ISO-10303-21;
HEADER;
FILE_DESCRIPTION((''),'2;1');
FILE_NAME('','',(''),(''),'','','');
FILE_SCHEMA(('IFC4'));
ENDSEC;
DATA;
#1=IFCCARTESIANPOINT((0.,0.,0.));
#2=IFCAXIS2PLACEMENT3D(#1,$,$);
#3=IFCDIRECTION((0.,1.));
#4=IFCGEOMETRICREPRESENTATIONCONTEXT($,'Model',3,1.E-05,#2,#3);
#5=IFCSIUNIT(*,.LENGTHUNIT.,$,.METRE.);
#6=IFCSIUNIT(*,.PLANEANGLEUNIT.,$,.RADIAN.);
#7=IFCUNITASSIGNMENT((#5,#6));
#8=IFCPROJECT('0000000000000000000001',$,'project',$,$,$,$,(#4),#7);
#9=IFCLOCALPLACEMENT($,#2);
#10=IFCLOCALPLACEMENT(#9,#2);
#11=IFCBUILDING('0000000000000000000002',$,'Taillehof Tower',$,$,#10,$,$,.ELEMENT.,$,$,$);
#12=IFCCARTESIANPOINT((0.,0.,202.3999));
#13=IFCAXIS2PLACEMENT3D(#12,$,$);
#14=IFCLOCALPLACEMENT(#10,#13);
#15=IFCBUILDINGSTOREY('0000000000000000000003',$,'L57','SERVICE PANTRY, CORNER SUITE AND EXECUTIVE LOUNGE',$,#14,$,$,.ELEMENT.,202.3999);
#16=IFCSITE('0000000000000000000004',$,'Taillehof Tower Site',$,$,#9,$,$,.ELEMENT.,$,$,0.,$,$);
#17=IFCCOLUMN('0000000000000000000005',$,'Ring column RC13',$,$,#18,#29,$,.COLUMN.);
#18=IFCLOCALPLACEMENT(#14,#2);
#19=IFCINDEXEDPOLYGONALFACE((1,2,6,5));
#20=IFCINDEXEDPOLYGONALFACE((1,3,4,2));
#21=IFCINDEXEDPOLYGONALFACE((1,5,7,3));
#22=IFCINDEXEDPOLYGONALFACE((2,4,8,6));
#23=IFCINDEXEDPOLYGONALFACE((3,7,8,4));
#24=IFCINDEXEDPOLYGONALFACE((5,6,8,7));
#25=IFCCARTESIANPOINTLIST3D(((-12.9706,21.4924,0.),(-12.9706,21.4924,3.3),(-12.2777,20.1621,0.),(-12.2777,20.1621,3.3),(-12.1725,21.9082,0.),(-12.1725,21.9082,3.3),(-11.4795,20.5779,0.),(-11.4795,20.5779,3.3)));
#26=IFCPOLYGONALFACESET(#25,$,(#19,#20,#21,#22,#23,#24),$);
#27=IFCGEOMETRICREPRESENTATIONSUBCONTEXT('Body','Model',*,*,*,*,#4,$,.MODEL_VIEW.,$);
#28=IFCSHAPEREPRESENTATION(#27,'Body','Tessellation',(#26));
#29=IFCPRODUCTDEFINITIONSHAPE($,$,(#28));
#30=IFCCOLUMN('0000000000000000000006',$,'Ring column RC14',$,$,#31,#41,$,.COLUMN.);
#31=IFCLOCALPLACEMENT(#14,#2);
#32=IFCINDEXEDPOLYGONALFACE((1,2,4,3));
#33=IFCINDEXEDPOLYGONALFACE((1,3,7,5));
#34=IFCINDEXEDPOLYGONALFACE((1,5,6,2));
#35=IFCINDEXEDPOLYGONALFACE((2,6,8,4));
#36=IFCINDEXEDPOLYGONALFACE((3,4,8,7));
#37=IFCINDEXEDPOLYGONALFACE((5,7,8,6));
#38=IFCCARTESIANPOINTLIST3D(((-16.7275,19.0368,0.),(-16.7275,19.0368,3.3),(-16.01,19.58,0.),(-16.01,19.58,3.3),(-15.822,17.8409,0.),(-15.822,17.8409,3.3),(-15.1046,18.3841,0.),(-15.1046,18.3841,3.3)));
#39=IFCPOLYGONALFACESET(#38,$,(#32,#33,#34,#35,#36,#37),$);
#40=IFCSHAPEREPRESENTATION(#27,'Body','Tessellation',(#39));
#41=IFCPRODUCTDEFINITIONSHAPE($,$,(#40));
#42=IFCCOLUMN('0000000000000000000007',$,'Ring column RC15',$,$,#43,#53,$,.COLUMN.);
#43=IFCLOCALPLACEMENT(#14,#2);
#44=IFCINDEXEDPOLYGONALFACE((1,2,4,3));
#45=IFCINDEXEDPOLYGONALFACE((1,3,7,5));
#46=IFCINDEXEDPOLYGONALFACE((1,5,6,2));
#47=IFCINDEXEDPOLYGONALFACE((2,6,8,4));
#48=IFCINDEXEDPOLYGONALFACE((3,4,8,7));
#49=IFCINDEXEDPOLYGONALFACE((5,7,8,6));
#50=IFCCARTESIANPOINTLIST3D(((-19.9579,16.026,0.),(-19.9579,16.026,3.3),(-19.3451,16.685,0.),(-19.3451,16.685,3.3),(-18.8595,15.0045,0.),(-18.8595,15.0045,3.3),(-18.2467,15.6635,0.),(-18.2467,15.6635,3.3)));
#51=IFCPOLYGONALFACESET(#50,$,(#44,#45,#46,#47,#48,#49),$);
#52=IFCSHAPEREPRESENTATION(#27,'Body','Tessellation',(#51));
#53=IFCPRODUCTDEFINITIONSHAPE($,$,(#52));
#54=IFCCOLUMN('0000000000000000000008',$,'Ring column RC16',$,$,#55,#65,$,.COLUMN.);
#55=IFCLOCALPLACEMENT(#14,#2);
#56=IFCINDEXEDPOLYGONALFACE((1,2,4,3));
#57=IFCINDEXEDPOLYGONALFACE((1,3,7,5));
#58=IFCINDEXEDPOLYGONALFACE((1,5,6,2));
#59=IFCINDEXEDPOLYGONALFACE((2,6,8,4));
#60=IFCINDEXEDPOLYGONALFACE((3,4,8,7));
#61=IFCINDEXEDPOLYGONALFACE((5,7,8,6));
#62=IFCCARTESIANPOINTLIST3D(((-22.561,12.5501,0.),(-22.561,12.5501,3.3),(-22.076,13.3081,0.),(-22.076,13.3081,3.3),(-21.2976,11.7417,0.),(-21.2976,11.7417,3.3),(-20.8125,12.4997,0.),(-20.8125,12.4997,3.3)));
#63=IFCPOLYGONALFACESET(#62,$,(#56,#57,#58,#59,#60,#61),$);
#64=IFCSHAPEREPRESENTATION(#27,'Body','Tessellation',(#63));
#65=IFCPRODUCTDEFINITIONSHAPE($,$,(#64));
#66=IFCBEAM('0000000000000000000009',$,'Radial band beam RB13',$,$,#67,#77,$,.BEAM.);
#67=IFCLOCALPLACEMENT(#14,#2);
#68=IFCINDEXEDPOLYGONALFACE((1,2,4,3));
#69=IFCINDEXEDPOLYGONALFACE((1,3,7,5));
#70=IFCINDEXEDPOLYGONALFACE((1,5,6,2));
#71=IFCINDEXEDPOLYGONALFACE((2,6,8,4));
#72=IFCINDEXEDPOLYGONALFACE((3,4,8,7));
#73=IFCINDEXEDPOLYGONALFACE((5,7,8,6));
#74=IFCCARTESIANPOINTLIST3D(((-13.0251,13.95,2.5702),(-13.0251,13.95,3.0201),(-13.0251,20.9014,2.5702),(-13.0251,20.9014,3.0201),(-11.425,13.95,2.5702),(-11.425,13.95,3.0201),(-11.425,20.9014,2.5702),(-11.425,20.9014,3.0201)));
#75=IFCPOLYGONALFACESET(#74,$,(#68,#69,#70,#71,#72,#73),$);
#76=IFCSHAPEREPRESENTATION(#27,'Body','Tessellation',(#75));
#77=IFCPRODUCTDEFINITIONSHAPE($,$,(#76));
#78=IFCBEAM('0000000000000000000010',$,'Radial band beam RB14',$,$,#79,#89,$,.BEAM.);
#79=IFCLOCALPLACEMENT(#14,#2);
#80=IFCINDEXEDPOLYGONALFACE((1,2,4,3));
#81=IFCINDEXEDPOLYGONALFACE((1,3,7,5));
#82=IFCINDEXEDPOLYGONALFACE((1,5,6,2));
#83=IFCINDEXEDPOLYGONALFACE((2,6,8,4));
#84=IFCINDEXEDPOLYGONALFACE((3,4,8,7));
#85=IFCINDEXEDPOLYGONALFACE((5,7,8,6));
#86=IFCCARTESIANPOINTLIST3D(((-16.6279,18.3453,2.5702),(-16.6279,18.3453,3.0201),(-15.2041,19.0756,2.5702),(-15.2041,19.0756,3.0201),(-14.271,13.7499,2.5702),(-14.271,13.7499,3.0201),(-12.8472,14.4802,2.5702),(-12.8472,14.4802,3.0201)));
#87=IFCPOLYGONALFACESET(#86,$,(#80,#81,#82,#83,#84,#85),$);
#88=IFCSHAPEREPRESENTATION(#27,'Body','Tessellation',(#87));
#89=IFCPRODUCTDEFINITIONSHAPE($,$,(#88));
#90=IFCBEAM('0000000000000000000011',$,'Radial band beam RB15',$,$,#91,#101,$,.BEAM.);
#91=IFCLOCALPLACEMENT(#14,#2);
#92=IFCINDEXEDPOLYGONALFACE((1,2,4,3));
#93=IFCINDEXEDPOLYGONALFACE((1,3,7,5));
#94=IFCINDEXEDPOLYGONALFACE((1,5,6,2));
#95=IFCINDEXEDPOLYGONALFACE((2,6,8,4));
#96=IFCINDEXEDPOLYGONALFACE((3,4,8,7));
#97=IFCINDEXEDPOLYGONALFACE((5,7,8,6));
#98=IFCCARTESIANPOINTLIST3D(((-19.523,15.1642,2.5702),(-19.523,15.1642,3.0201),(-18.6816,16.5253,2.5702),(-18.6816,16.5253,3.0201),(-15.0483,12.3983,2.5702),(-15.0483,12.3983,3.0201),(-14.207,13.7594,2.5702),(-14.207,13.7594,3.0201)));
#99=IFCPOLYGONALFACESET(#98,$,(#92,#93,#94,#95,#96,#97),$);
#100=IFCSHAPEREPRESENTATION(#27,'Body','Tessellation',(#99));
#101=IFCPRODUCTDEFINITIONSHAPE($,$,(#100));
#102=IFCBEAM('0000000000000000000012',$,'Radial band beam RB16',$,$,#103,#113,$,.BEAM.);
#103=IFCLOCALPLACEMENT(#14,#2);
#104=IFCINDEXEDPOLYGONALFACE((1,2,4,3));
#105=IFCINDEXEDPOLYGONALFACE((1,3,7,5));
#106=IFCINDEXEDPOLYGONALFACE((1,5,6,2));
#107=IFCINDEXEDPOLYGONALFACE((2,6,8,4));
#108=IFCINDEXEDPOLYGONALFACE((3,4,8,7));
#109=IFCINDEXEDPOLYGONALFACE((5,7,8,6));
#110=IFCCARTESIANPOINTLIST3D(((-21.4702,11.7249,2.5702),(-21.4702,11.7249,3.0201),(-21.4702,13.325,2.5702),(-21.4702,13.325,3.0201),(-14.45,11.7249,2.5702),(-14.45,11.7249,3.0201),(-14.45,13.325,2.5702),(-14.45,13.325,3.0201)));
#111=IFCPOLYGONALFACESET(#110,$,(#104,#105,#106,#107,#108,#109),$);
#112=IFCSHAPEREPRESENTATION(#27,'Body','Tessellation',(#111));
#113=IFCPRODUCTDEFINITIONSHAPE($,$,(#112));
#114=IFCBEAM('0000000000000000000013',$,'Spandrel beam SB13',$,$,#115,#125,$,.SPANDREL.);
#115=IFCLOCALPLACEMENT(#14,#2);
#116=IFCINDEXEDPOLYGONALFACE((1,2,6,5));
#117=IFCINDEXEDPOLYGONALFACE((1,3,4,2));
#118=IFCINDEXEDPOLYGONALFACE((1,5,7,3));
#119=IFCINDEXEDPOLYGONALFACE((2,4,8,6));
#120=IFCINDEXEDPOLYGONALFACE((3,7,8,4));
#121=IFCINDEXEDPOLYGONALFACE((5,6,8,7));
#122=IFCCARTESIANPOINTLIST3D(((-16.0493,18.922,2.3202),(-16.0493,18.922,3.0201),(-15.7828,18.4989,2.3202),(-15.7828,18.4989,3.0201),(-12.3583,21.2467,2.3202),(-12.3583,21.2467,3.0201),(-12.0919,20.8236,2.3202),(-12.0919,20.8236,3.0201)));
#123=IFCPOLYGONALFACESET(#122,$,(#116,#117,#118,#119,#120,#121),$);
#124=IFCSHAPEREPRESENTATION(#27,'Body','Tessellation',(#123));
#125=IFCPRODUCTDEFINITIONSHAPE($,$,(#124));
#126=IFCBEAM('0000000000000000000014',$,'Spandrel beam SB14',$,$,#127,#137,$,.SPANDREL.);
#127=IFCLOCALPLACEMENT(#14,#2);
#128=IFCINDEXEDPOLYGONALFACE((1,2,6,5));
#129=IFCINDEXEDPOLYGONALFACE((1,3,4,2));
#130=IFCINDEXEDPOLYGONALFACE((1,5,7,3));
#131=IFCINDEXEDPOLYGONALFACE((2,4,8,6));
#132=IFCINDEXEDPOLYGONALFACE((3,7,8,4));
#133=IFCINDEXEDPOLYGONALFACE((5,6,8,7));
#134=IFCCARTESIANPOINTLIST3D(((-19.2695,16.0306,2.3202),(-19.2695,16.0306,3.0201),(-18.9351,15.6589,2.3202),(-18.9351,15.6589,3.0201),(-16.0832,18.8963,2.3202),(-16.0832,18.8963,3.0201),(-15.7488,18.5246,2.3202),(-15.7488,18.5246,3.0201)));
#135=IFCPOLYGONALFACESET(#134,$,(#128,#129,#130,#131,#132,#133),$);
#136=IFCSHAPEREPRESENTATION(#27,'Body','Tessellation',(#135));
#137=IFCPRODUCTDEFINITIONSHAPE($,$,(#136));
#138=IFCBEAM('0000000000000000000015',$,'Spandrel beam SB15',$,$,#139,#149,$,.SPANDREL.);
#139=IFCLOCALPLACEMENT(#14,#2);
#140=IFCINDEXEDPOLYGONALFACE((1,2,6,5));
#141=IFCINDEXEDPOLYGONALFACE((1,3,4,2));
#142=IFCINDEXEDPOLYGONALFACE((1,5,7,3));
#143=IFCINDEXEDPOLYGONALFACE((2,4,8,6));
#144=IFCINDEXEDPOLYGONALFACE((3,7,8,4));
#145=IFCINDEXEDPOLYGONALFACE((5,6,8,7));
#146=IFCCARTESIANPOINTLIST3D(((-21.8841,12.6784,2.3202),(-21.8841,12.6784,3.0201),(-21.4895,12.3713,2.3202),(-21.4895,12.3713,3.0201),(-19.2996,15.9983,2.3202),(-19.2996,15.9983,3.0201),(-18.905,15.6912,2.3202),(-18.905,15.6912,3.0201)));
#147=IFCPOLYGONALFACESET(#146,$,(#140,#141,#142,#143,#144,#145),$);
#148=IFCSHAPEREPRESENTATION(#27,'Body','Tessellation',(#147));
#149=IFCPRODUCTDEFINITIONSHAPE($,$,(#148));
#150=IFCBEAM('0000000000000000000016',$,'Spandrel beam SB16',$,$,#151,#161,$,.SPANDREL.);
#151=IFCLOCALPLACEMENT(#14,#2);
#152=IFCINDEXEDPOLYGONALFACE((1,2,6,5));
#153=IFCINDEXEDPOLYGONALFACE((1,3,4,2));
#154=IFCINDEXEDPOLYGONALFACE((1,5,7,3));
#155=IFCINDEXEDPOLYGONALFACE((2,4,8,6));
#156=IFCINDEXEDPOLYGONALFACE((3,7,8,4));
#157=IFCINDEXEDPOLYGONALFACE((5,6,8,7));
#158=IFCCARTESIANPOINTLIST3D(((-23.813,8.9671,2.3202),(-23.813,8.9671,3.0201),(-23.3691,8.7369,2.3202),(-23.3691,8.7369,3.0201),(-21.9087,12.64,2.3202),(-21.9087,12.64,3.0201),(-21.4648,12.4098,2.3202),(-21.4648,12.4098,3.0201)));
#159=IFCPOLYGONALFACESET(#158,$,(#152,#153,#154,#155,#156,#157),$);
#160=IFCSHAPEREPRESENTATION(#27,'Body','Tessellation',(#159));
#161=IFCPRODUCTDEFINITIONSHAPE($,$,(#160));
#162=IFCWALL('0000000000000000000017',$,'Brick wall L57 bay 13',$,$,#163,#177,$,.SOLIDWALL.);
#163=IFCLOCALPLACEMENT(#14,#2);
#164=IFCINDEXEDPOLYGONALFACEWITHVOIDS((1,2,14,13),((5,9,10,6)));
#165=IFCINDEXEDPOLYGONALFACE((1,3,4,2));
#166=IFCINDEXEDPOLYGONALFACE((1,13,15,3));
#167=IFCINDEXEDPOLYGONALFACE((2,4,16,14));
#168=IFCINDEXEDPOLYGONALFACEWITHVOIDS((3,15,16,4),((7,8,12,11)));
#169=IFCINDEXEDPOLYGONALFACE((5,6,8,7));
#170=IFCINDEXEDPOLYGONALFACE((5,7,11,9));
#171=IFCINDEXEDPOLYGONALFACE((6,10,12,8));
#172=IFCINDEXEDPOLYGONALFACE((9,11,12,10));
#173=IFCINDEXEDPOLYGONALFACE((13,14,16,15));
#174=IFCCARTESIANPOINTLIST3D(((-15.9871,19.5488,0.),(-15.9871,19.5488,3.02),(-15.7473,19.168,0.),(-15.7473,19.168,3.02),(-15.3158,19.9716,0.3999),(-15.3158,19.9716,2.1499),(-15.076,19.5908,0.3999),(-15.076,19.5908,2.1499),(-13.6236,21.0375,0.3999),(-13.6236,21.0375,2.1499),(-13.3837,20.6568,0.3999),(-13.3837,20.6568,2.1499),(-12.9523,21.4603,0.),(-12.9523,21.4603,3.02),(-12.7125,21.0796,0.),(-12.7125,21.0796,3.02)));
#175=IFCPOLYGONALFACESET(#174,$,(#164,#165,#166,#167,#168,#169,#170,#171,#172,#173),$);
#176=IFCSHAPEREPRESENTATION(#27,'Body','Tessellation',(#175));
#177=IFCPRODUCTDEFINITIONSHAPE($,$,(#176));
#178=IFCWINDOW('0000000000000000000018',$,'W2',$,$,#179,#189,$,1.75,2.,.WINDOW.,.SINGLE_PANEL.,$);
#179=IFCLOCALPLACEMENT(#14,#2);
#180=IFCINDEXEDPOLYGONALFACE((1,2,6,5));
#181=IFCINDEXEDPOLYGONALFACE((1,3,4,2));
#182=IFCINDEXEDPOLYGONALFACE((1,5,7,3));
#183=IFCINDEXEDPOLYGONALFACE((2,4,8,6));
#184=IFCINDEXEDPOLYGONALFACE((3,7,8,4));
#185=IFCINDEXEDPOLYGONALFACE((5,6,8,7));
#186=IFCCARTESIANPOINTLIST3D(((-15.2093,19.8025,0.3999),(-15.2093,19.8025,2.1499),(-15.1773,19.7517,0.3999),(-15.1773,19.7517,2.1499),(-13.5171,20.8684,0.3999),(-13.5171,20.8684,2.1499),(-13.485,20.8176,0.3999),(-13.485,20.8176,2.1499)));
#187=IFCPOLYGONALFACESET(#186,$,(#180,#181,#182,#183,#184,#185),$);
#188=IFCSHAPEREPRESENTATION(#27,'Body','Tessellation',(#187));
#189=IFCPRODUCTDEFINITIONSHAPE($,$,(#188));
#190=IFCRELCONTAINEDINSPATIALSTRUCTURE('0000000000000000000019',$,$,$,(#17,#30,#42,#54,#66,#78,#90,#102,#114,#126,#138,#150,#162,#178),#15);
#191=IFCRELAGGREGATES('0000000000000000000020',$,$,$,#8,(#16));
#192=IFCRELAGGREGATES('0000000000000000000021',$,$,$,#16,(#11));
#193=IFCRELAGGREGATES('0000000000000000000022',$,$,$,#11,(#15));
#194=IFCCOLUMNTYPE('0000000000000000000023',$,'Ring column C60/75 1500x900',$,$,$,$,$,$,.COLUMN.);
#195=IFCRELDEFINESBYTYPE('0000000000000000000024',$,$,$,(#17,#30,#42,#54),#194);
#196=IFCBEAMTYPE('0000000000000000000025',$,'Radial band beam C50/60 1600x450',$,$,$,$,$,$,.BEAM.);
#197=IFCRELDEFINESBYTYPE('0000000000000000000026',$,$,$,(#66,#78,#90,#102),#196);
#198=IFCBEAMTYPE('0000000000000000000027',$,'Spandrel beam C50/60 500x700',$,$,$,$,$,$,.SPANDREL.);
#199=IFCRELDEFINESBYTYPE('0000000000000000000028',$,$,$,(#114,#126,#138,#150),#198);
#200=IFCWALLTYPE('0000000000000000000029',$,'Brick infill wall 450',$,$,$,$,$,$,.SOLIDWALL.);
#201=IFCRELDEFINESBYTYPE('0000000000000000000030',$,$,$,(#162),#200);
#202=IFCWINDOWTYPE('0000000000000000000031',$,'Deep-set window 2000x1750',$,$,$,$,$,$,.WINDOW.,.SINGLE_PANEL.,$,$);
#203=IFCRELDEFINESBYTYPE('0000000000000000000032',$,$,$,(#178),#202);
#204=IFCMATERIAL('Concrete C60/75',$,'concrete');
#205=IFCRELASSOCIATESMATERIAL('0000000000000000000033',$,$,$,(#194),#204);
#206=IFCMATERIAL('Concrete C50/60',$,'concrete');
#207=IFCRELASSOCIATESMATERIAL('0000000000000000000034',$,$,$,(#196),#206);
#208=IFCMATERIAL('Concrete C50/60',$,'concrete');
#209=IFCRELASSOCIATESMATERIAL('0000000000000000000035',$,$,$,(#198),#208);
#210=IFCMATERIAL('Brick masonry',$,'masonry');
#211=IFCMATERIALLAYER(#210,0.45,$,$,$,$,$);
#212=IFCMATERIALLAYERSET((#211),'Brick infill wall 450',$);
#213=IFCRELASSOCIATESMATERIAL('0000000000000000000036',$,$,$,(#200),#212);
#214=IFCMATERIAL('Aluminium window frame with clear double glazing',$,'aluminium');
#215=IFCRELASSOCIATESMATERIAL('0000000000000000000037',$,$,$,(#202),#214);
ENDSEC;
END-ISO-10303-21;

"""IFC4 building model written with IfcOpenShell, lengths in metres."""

from ifc_helpers import new_model, si_unit, direction, frame, frame_2d, origin, origin_2d, place, context, subcontext, project, spatial, rectangle, extrude, material, layer, layer_set, material_profile, profile_set, type_object, element, fill, save


model = new_model("IFC4")

# Units and contexts
model_context = context("Model", 3, precision=1e-05, world=origin(), true_north=direction((0.0, 1.0)))
body_context = subcontext(model_context, "Body", "Model", "MODEL_VIEW")
ifc_project = project(units=[si_unit("LENGTHUNIT", "METRE"), si_unit("PLANEANGLEUNIT", "RADIAN")], contexts=[model_context])

# Site, building, storey
site_placement = place(None, origin())
site = spatial("IfcSite", under=ifc_project, at=site_placement, Name="Taillehof Tower Site", CompositionType="ELEMENT", RefElevation=0.0)
building_placement = place(site_placement, origin())
building = spatial("IfcBuilding", under=site, at=building_placement, Name="Taillehof Tower", CompositionType="ELEMENT")
storey_placement = place(building_placement, frame((0.0, 0.0, 202.3999)))
storey = spatial("IfcBuildingStorey", under=building, at=storey_placement, Name="L57", Description="SERVICE PANTRY, CORNER SUITE AND EXECUTIVE LOUNGE", CompositionType="ELEMENT", Elevation=202.3999)

# Columns
ifc_material_1 = material(Name="Concrete C60/75", Category="concrete")
ifc_material_profile_1 = material_profile(ifc_material_1, rectangle(XDim=1.5, YDim=0.8999, at=origin_2d()), Name="RC 1500x900")
ifc_profile_set_1 = profile_set([ifc_material_profile_1], Name="Concrete C60/75")
column_type = type_object("IfcColumnType", Name="Ring column C60/75 1500x900", PredefinedType="COLUMN", material=ifc_profile_set_1)
for number, where, z_axis, x_axis, name in (
    (1, (-12.2251, 21.0352, 0.0), (0.0, 0.0, 1.0), (-0.461993, 0.886883, 0.0), "Ring column RC13"),
    (2, (-15.916, 18.7104, 0.0), (0.0, 0.0, 1.0), (-0.603608, 0.797281, 0.0), "Ring column RC14"),
    (3, (-19.1023, 15.8447, 0.0), (0.0, 0.0, 1.0), (-0.732271, 0.681013, 0.0), "Ring column RC15"),
    (4, (-21.6868, 12.5249, 0.0), (0.0, 0.0, 1.0), (-0.842311, 0.538992, 0.0), "Ring column RC16"),
):
    element("IfcColumn", number, at=place(storey_placement, frame(where, z_axis=z_axis, x_axis=x_axis)), inside=storey, type_object=column_type, Name=name, PredefinedType="COLUMN", context=body_context, shape_type="SweptSolid", body=[
        extrude(rectangle(XDim=1.5, YDim=0.8999, at=origin_2d()), origin(), (0.0, 0.0, 1.0), 3.3),
    ])

# Beams
ifc_material_2 = material(Name="Concrete C50/60", Category="concrete")
ifc_material_profile_2 = material_profile(ifc_material_2, rectangle(XDim=1.6001, YDim=0.45, at=origin_2d()), Name="RC 1600x450")
ifc_profile_set_2 = profile_set([ifc_material_profile_2], Name="Concrete C50/60")
beam_type_1 = type_object("IfcBeamType", Name="Radial band beam C50/60 1600x450", PredefinedType="BEAM", material=ifc_profile_set_2)
beam_1_placement = place(storey_placement, frame((-12.2251, 20.9014, 2.7952), z_axis=(0.0, -1.0, 0.0), x_axis=(1.0, 0.0, 0.0)))
element("IfcBeam", 5, at=beam_1_placement, inside=storey, type_object=beam_type_1, Name="Radial band beam RB13", PredefinedType="BEAM", context=body_context, shape_type="SweptSolid", body=[
    extrude(rectangle(XDim=1.6001, YDim=0.45, at=origin_2d()), origin(), (0.0, 0.0, 1.0), 6.9514),
])
beam_2_placement = place(storey_placement, frame((-15.916, 18.7104, 2.7952), z_axis=(0.456361, -0.889795, 0.0), x_axis=(0.889795, 0.456361, 0.0)))
element("IfcBeam", 6, at=beam_2_placement, inside=storey, type_object=beam_type_1, Name="Radial band beam RB14", PredefinedType="BEAM", context=body_context, shape_type="SweptSolid", body=[
    extrude(rectangle(XDim=1.6001, YDim=0.45, at=origin_2d()), origin(), (0.0, 0.0, 1.0), 5.1646),
])
beam_3_placement = place(storey_placement, frame((-19.1023, 15.8447, 2.7952), z_axis=(0.850616, -0.525787, 0.0), x_axis=(0.525787, 0.850616, 0.0)))
element("IfcBeam", 7, at=beam_3_placement, inside=storey, type_object=beam_type_1, Name="Radial band beam RB15", PredefinedType="BEAM", context=body_context, shape_type="SweptSolid", body=[
    extrude(rectangle(XDim=1.6001, YDim=0.45, at=origin_2d()), origin(), (0.0, 0.0, 1.0), 5.2605),
])
beam_4_placement = place(storey_placement, frame((-21.4702, 12.5249, 2.7952), z_axis=(1.0, 0.0, 0.0), x_axis=(0.0, 1.0, 0.0)))
element("IfcBeam", 8, at=beam_4_placement, inside=storey, type_object=beam_type_1, Name="Radial band beam RB16", PredefinedType="BEAM", context=body_context, shape_type="SweptSolid", body=[
    extrude(rectangle(XDim=1.6001, YDim=0.45, at=origin_2d()), origin(), (0.0, 0.0, 1.0), 7.0203),
])
ifc_material_3 = material(Name="Concrete C50/60", Category="concrete")
ifc_material_profile_3 = material_profile(ifc_material_3, rectangle(XDim=0.5, YDim=0.7, at=origin_2d()), Name="RC 500x700")
ifc_profile_set_3 = profile_set([ifc_material_profile_3], Name="Concrete C50/60")
beam_type_2 = type_object("IfcBeamType", Name="Spandrel beam C50/60 500x700", PredefinedType="SPANDREL", material=ifc_profile_set_3)
beam_5_placement = place(storey_placement, frame((-12.2251, 21.0352, 2.6702), z_axis=(-0.846151, -0.532944, 0.0), x_axis=(0.532944, -0.846151, 0.0)))
element("IfcBeam", 9, at=beam_5_placement, inside=storey, type_object=beam_type_2, Name="Spandrel beam SB13", PredefinedType="SPANDREL", context=body_context, shape_type="SweptSolid", body=[
    extrude(rectangle(XDim=0.5, YDim=0.7, at=origin_2d()), origin(), (0.0, 0.0, 1.0), 4.3621),
])
beam_6_placement = place(storey_placement, frame((-15.916, 18.7104, 2.6702), z_axis=(-0.743518, -0.668716, 0.0), x_axis=(0.668716, -0.743518, 0.0)))
element("IfcBeam", 10, at=beam_6_placement, inside=storey, type_object=beam_type_2, Name="Spandrel beam SB14", PredefinedType="SPANDREL", context=body_context, shape_type="SweptSolid", body=[
    extrude(rectangle(XDim=0.5, YDim=0.7, at=origin_2d()), origin(), (0.0, 0.0, 1.0), 4.2854),
])
beam_7_placement = place(storey_placement, frame((-19.1023, 15.8447, 2.6702), z_axis=(-0.614294, -0.789077, 0.0), x_axis=(0.789077, -0.614294, 0.0)))
element("IfcBeam", 11, at=beam_7_placement, inside=storey, type_object=beam_type_2, Name="Spandrel beam SB15", PredefinedType="SPANDREL", context=body_context, shape_type="SweptSolid", body=[
    extrude(rectangle(XDim=0.5, YDim=0.7, at=origin_2d()), origin(), (0.0, 0.0, 1.0), 4.2073),
])
beam_8_placement = place(storey_placement, frame((-21.6868, 12.5249, 2.6702), z_axis=(-0.46029, -0.887769, 0.0), x_axis=(0.887769, -0.46029, 0.0)))
element("IfcBeam", 12, at=beam_8_placement, inside=storey, type_object=beam_type_2, Name="Spandrel beam SB16", PredefinedType="SPANDREL", context=body_context, shape_type="SweptSolid", body=[
    extrude(rectangle(XDim=0.5, YDim=0.7, at=origin_2d()), origin(), (0.0, 0.0, 1.0), 4.1372),
])

# Wall, opening, window
ifc_material_4 = material(Name="Brick masonry", Category="masonry")
ifc_layer_1 = layer(ifc_material_4, 0.45)
ifc_layer_set_1 = layer_set([ifc_layer_1], Name="Brick infill wall 450")
wall_type_1 = type_object("IfcWallType", Name="Brick infill wall 450", PredefinedType="SOLIDWALL", material=ifc_layer_set_1)
wall_1_placement = place(storey_placement, frame((-12.8323, 21.27, 0.0), z_axis=(0.0, 0.0, 1.0), x_axis=(-0.846138, -0.532963, 0.0)))
wall_1 = element("IfcWall", 13, at=wall_1_placement, inside=storey, type_object=wall_type_1, Name="Brick wall L57 bay 13", PredefinedType="SOLIDWALL", context=body_context, shape_type="SweptSolid", body=[
    extrude(rectangle(XDim=3.5867, YDim=0.45, at=frame_2d((1.7935, 0.0))), origin(), (0.0, 0.0, 1.0), 3.02),
])
opening_1_placement = place(wall_1_placement, frame((0.7935, 0.0, 0.3999)))
opening_1 = element("IfcOpeningElement", 14, at=opening_1_placement, cuts=wall_1, PredefinedType="OPENING", context=body_context, shape_type="SweptSolid", body=[
    extrude(rectangle(XDim=2.0, YDim=1.75, at=frame_2d((1.0, 0.875))), frame((0.0, 0.2349, 0.0), z_axis=(0.0, -1.0, 0.0), x_axis=(1.0, 0.0, 0.0)), (0.0, 0.0, 1.0), 0.47),
])
ifc_material_5 = material(Name="Aluminium window frame with clear double glazing", Category="aluminium")
window_type_1 = type_object("IfcWindowType", Name="Deep-set window 2000x1750", PartitioningType="SINGLE_PANEL", PredefinedType="WINDOW", material=ifc_material_5)
window_1_placement = place(opening_1_placement, origin())
window_1 = element("IfcWindow", 15, at=window_1_placement, inside=storey, type_object=window_type_1, Name="W2", OverallHeight=1.75, OverallWidth=2.0, PartitioningType="SINGLE_PANEL", PredefinedType="WINDOW", context=body_context, shape_type="SweptSolid", body=[
    extrude(rectangle(XDim=2.0, YDim=1.75, at=frame_2d((1.0, 0.875))), frame((0.0, 0.0349, 0.0), z_axis=(0.0, -1.0, 0.0), x_axis=(1.0, 0.0, 0.0)), (0.0, 0.0, 1.0), 0.0601),
])
fill(opening_1, window_1)

save(model, "model.ifc")
